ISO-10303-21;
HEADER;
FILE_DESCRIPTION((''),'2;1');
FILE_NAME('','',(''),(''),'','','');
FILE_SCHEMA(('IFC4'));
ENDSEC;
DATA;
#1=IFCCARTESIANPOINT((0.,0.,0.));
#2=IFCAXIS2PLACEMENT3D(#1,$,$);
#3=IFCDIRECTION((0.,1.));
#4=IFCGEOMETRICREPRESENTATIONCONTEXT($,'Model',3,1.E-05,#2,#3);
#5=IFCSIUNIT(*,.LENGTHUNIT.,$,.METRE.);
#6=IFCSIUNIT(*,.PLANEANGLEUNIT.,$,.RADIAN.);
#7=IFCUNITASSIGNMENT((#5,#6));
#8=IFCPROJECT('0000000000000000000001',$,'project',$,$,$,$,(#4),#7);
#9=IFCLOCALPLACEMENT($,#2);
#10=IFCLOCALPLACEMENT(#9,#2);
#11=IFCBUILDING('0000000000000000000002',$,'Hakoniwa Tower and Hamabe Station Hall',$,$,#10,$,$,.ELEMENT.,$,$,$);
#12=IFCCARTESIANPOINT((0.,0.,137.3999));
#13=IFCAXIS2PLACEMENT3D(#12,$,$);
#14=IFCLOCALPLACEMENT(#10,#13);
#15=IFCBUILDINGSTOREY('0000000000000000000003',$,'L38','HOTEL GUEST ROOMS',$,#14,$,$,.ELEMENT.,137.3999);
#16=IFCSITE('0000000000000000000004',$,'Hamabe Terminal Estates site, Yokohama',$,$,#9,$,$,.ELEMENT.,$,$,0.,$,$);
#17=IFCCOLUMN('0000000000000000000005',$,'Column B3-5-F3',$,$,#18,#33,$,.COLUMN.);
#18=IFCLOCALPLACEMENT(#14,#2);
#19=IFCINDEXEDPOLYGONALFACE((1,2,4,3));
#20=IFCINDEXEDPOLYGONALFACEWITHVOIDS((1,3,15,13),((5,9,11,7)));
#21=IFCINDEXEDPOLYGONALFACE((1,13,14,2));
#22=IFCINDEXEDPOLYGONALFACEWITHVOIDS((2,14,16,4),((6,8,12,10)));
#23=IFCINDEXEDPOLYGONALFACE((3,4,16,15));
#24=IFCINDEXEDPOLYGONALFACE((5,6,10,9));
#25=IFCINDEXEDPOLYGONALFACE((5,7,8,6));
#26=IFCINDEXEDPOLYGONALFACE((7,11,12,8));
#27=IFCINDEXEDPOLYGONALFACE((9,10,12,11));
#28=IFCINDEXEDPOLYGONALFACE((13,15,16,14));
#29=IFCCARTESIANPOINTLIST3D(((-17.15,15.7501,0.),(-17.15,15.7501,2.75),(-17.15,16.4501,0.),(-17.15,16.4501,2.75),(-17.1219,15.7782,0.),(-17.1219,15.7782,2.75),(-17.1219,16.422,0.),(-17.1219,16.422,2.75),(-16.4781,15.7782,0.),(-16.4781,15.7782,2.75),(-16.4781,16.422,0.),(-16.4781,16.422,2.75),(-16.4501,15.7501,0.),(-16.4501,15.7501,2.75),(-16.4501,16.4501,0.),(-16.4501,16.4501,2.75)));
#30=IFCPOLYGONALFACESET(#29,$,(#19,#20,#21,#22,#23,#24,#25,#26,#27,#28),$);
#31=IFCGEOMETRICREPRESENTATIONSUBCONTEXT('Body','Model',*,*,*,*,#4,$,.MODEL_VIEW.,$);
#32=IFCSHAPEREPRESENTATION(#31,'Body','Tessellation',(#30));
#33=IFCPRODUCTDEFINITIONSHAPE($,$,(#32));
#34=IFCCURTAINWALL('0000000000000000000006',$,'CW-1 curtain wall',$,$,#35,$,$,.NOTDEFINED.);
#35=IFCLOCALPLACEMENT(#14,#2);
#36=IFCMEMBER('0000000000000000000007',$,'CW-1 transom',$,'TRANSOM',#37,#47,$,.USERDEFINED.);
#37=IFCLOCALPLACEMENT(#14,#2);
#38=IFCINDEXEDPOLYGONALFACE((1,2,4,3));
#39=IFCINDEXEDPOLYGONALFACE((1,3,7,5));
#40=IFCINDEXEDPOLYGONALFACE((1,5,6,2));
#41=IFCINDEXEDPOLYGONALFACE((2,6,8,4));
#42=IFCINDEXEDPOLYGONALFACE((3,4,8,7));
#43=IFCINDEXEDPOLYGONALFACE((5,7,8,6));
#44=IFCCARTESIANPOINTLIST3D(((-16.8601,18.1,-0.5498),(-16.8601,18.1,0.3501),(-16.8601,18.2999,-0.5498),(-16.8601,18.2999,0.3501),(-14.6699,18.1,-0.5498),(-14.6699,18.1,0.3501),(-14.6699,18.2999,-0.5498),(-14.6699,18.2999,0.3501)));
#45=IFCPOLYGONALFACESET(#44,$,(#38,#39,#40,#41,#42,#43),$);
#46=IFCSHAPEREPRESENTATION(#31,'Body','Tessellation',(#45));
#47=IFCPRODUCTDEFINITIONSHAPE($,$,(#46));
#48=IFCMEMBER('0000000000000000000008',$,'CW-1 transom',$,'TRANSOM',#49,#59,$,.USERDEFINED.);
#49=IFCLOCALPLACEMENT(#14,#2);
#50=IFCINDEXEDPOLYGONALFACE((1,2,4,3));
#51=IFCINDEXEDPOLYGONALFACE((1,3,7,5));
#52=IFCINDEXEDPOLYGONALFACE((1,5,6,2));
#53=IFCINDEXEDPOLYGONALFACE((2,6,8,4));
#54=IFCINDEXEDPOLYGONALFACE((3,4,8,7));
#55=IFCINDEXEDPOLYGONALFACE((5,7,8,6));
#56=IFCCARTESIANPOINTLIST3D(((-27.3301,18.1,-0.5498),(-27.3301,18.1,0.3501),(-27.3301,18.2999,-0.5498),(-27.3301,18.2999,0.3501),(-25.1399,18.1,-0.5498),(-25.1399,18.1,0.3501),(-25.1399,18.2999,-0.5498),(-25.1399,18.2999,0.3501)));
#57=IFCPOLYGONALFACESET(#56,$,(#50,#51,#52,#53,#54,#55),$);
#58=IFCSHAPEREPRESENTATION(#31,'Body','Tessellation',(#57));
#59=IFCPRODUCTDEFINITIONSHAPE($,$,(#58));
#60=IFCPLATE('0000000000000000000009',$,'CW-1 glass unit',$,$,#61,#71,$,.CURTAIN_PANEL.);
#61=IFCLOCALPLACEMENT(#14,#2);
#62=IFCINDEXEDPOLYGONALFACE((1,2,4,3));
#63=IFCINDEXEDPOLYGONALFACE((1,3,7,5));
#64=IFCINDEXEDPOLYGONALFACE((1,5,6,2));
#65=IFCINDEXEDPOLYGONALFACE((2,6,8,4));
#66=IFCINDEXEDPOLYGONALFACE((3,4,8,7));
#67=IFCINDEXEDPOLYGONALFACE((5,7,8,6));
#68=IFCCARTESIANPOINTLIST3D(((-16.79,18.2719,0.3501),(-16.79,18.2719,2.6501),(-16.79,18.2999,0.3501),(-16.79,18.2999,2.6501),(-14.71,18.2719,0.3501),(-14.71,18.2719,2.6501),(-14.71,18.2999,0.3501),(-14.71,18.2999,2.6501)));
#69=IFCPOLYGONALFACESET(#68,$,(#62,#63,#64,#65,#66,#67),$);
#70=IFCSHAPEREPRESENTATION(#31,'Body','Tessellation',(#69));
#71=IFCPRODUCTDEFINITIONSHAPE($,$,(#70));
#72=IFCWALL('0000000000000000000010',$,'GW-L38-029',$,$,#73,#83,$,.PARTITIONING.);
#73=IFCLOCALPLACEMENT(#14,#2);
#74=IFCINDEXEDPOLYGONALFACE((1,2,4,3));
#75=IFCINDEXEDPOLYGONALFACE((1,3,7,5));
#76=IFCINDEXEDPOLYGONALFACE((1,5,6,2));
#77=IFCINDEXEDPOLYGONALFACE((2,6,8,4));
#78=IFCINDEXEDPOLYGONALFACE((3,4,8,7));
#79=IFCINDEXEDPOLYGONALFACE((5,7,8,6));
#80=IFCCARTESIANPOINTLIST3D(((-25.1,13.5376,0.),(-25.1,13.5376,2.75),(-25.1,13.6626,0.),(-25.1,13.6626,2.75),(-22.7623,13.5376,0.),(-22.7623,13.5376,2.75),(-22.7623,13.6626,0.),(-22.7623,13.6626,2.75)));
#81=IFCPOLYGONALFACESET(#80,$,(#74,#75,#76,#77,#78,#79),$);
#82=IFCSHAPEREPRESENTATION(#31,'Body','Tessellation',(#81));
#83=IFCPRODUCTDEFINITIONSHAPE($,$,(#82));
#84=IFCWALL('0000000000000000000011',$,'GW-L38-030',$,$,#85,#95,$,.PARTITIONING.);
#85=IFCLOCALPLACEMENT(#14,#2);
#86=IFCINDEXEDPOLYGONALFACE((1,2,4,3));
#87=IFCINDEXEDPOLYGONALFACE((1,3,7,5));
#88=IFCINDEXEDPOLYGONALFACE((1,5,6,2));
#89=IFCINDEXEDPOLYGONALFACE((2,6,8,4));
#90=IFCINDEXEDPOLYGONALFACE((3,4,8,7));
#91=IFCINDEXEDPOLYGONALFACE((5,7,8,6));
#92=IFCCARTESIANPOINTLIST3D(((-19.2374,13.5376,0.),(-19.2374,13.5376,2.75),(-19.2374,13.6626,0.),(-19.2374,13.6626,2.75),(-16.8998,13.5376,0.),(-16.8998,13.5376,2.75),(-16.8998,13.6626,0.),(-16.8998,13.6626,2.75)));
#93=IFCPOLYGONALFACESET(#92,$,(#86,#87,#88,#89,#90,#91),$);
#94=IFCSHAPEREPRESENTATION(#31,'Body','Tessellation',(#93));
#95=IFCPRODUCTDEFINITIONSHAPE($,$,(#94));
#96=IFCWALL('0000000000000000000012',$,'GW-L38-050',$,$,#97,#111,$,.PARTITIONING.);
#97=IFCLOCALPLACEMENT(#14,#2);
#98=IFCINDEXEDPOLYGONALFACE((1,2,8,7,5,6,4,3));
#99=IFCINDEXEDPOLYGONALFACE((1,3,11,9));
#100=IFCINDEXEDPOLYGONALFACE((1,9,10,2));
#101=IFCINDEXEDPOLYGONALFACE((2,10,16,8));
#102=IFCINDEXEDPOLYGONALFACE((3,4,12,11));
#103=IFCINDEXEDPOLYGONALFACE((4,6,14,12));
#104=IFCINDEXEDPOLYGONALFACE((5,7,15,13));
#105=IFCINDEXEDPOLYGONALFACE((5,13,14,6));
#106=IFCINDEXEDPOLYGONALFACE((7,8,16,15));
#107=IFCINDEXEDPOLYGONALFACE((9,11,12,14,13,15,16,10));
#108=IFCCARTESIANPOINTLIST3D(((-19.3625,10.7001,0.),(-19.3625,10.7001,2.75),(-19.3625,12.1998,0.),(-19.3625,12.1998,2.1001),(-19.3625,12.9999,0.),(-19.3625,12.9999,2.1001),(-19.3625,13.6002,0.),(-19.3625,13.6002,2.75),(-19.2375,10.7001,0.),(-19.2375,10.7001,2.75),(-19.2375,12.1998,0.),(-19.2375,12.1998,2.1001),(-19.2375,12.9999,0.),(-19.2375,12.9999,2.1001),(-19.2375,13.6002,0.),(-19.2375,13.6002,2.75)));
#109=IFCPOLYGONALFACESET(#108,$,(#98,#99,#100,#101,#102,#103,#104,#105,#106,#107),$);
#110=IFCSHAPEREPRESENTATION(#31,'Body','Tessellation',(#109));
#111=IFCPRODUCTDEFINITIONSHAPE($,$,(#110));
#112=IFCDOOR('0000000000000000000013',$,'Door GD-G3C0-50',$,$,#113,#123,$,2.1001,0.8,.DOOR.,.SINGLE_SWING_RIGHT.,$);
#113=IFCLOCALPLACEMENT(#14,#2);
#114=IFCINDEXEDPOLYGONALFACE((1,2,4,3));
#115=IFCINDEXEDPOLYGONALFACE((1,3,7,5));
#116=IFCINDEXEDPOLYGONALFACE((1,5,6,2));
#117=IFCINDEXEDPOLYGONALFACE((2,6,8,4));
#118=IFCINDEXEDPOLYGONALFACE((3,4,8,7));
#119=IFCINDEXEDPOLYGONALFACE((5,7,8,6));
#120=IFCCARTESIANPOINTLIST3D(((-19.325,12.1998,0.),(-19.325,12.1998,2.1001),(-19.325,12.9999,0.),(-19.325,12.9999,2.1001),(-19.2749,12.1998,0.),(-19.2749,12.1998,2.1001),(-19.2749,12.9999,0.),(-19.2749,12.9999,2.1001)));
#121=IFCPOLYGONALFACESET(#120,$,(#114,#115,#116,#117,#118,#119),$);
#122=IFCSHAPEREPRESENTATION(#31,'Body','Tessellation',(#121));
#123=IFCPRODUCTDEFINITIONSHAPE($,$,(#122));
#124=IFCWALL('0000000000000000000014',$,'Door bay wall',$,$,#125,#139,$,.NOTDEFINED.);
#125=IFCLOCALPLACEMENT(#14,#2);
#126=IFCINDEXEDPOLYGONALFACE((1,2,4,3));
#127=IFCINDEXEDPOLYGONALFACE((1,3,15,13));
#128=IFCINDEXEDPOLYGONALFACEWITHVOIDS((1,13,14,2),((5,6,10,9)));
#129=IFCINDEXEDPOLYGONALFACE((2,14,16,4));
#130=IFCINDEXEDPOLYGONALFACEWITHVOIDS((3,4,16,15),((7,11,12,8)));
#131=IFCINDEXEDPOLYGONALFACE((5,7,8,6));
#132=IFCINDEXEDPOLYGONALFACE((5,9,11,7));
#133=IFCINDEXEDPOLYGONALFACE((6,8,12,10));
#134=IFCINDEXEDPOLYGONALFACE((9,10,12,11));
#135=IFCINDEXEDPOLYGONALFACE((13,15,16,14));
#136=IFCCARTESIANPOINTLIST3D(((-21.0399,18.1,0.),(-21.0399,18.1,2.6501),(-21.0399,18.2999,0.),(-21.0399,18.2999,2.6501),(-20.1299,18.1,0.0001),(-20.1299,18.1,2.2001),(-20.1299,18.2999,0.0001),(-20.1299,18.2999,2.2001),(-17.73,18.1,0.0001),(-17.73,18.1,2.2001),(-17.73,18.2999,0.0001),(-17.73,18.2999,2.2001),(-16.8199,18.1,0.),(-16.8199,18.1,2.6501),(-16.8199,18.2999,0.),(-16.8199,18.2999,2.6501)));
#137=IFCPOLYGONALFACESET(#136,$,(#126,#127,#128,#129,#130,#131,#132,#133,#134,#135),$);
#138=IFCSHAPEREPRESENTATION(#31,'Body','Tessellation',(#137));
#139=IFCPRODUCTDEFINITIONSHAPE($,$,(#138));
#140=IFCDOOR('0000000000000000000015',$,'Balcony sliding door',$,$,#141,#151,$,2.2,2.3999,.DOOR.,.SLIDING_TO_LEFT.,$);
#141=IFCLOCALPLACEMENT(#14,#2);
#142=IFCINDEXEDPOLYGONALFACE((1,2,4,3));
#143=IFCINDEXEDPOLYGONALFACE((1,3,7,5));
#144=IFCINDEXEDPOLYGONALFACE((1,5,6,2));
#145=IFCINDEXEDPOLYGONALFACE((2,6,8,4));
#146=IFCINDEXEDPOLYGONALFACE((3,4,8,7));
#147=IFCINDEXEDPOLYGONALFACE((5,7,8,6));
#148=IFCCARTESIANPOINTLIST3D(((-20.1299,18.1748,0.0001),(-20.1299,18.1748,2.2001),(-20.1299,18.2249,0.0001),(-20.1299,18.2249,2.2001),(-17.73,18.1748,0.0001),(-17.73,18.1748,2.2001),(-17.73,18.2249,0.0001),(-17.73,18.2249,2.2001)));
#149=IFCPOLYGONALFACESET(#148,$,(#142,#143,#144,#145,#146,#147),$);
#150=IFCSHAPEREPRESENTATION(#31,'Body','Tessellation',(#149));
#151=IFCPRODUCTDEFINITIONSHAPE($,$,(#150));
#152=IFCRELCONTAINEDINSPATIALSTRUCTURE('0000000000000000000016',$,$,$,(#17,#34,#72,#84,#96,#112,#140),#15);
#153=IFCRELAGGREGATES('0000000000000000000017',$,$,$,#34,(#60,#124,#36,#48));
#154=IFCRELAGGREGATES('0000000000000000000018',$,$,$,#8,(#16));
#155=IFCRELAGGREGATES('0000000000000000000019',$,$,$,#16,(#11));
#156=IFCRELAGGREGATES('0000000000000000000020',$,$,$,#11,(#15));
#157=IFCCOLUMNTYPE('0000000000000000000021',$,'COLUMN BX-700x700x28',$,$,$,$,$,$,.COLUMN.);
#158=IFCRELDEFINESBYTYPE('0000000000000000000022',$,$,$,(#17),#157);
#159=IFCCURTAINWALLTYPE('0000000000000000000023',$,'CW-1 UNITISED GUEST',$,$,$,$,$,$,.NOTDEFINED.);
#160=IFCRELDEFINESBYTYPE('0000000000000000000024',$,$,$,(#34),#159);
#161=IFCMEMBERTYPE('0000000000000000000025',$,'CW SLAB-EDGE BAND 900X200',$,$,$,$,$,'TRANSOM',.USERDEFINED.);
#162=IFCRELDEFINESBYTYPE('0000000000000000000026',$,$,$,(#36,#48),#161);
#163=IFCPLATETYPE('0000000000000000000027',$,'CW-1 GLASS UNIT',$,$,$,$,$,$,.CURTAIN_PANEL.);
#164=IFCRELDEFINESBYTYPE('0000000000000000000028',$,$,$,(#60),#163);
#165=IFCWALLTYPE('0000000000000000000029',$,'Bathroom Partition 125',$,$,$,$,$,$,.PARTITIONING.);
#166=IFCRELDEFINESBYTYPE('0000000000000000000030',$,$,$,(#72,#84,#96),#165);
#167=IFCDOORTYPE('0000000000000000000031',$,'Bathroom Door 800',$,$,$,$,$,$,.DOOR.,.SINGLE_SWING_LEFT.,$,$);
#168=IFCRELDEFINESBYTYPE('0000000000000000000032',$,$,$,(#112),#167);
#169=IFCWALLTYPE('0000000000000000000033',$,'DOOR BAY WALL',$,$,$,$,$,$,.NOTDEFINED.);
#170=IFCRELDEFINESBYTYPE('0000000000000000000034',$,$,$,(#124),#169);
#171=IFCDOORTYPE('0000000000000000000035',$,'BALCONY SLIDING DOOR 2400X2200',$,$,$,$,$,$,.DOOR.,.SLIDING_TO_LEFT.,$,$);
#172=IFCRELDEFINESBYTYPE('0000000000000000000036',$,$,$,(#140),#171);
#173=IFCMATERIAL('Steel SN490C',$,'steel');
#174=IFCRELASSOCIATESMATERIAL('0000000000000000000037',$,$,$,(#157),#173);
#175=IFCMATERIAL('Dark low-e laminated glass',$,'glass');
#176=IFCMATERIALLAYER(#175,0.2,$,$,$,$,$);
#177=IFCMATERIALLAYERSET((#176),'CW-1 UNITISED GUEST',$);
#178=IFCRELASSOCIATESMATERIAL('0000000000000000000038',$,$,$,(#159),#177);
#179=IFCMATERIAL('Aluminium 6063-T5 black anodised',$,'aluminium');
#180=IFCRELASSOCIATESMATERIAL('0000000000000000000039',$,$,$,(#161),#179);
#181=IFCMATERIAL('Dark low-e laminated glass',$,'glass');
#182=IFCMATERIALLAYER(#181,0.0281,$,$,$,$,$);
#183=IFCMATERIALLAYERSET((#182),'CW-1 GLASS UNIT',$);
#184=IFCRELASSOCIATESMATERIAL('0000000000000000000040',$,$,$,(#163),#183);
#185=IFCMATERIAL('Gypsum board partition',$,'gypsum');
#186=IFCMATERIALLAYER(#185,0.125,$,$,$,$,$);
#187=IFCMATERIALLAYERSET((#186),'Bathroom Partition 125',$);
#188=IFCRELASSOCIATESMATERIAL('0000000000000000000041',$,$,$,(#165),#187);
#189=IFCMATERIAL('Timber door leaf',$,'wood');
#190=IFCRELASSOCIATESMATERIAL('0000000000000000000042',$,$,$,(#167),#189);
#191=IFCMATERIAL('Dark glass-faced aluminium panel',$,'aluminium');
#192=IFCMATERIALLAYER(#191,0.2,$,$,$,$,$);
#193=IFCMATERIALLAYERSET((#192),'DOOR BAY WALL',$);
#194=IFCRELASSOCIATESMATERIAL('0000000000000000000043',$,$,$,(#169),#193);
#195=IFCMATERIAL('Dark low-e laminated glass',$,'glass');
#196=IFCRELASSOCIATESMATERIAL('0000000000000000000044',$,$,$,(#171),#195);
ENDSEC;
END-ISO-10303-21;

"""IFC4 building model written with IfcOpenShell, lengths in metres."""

from ifc_helpers import new_model, si_unit, direction, frame, frame_2d, origin, origin_2d, place, context, subcontext, project, spatial, rectangle, hollow_rectangle, extrude, material, layer, layer_set, material_profile, profile_set, type_object, element, fill, aggregate, save


model = new_model("IFC4")

# Units and contexts
model_context = context("Model", 3, precision=1e-05, world=origin(), true_north=direction((0.0, 1.0)))
body_context = subcontext(model_context, "Body", "Model", "MODEL_VIEW")
ifc_project = project(units=[si_unit("LENGTHUNIT", "METRE"), si_unit("PLANEANGLEUNIT", "RADIAN")], contexts=[model_context])

# Site, building, storey
site_placement = place(None, origin())
site = spatial("IfcSite", under=ifc_project, at=site_placement, Name="Hamabe Terminal Estates site, Yokohama", CompositionType="ELEMENT", RefElevation=0.0)
building_placement = place(site_placement, origin())
building = spatial("IfcBuilding", under=site, at=building_placement, Name="Hakoniwa Tower and Hamabe Station Hall", CompositionType="ELEMENT")
storey_placement = place(building_placement, frame((0.0, 0.0, 137.3999)))
storey = spatial("IfcBuildingStorey", under=building, at=storey_placement, Name="L38", Description="HOTEL GUEST ROOMS", CompositionType="ELEMENT", Elevation=137.3999)

# Column
ifc_material_1 = material(Name="Steel SN490C", Category="steel")
ifc_material_profile_1 = material_profile(ifc_material_1, hollow_rectangle(XDim=0.7, YDim=0.7, WallThickness=0.0281, at=origin_2d()), Name="BX-700x700x28")
ifc_profile_set_1 = profile_set([ifc_material_profile_1], Name="Steel SN490C")
column_type = type_object("IfcColumnType", Name="COLUMN BX-700x700x28", PredefinedType="COLUMN", material=ifc_profile_set_1)
column_placement = place(storey_placement, frame((-16.8, 16.1001, 0.0), z_axis=(0.0, 0.0, 1.0), x_axis=(1.0, 0.0, 0.0)))
element("IfcColumn", 1, at=column_placement, inside=storey, type_object=column_type, Name="Column B3-5-F3", PredefinedType="COLUMN", context=body_context, shape_type="SweptSolid", body=[
    extrude(hollow_rectangle(XDim=0.7, YDim=0.7, WallThickness=0.0281, at=origin_2d()), origin(), (0.0, 0.0, 1.0), 2.75),
])

# Curtain wall, members, plate
ifc_material_2 = material(Name="Dark low-e laminated glass", Category="glass")
ifc_layer_1 = layer(ifc_material_2, 0.2)
ifc_layer_set_1 = layer_set([ifc_layer_1], Name="CW-1 UNITISED GUEST")
curtain_wall_type = type_object("IfcCurtainWallType", Name="CW-1 UNITISED GUEST", PredefinedType="NOTDEFINED", material=ifc_layer_set_1)
curtain_wall_placement = place(storey_placement, origin())
curtain_wall = element("IfcCurtainWall", 2, at=curtain_wall_placement, inside=storey, type_object=curtain_wall_type, Name="CW-1 curtain wall", PredefinedType="NOTDEFINED")
ifc_material_3 = material(Name="Aluminium 6063-T5 black anodised", Category="aluminium")
ifc_material_profile_2 = material_profile(ifc_material_3, rectangle(XDim=0.2, YDim=0.8999, at=origin_2d()), Name="CW SLAB-EDGE BAND 900X200")
ifc_profile_set_2 = profile_set([ifc_material_profile_2], Name="Aluminium 6063-T5 black anodised")
member_type = type_object("IfcMemberType", Name="CW SLAB-EDGE BAND 900X200", ElementType="TRANSOM", PredefinedType="USERDEFINED", material=ifc_profile_set_2)
member_1_placement = place(storey_placement, frame((-14.6699, 18.2, -0.0999), z_axis=(-1.0, 0.0, 0.0), x_axis=(0.0, -1.0, 0.0)))
member_1 = element("IfcMember", 3, at=member_1_placement, type_object=member_type, Name="CW-1 transom", ObjectType="TRANSOM", PredefinedType="USERDEFINED", context=body_context, shape_type="SweptSolid", body=[
    extrude(rectangle(XDim=0.2, YDim=0.8999, at=origin_2d()), origin(), (0.0, 0.0, 1.0), 2.1902),
])
member_2_placement = place(storey_placement, frame((-25.1399, 18.2, -0.0999), z_axis=(-1.0, 0.0, 0.0), x_axis=(0.0, -1.0, 0.0)))
member_2 = element("IfcMember", 4, at=member_2_placement, type_object=member_type, Name="CW-1 transom", ObjectType="TRANSOM", PredefinedType="USERDEFINED", context=body_context, shape_type="SweptSolid", body=[
    extrude(rectangle(XDim=0.2, YDim=0.8999, at=origin_2d()), origin(), (0.0, 0.0, 1.0), 2.1902),
])
ifc_material_4 = material(Name="Dark low-e laminated glass", Category="glass")
ifc_layer_2 = layer(ifc_material_4, 0.0281)
ifc_layer_set_2 = layer_set([ifc_layer_2], Name="CW-1 GLASS UNIT")
plate_type = type_object("IfcPlateType", Name="CW-1 GLASS UNIT", PredefinedType="CURTAIN_PANEL", material=ifc_layer_set_2)
plate_placement = place(storey_placement, frame((-15.75, 18.2859, 0.3501), z_axis=(0.0, 0.0, 1.0), x_axis=(-1.0, 0.0, 0.0)))
plate = element("IfcPlate", 5, at=plate_placement, type_object=plate_type, Name="CW-1 glass unit", PredefinedType="CURTAIN_PANEL", context=body_context, shape_type="SweptSolid", body=[
    extrude(rectangle(XDim=2.0801, YDim=0.0281, at=origin_2d()), origin(), (0.0, 0.0, 1.0), 2.3),
])

# Walls
ifc_material_5 = material(Name="Gypsum board partition", Category="gypsum")
ifc_layer_3 = layer(ifc_material_5, 0.125)
ifc_layer_set_3 = layer_set([ifc_layer_3], Name="Bathroom Partition 125")
wall_type_1 = type_object("IfcWallType", Name="Bathroom Partition 125", PredefinedType="PARTITIONING", material=ifc_layer_set_3)
for number, where, z_axis, x_axis, name in (
    (6, (-25.1001, 13.6001, 0.0), (0.0, 0.0, 1.0), (1.0, 0.0, 0.0), "GW-L38-029"),
    (7, (-19.2375, 13.6001, 0.0), (0.0, 0.0, 1.0), (1.0, 0.0, 0.0), "GW-L38-030"),
):
    element("IfcWall", number, at=place(storey_placement, frame(where, z_axis=z_axis, x_axis=x_axis)), inside=storey, type_object=wall_type_1, Name=name, PredefinedType="PARTITIONING", context=body_context, shape_type="SweptSolid", body=[
        extrude(rectangle(XDim=2.3376, YDim=0.125, at=frame_2d((1.1689, 0.0))), origin(), (0.0, 0.0, 1.0), 2.75),
    ])

# Walls, openings, doors
wall_1_placement = place(storey_placement, frame((-19.3, 10.7, 0.0), z_axis=(0.0, 0.0, 1.0), x_axis=(0.0, 1.0, 0.0)))
wall_1 = element("IfcWall", 8, at=wall_1_placement, inside=storey, type_object=wall_type_1, Name="GW-L38-050", PredefinedType="PARTITIONING", context=body_context, shape_type="SweptSolid", body=[
    extrude(rectangle(XDim=2.9001, YDim=0.125, at=frame_2d((1.4502, 0.0))), origin(), (0.0, 0.0, 1.0), 2.75),
])
opening_1_placement = place(wall_1_placement, frame((1.5, 0.0, 0.0)))
opening_1 = element("IfcOpeningElement", 9, at=opening_1_placement, cuts=wall_1, PredefinedType="OPENING", context=body_context, shape_type="SweptSolid", body=[
    extrude(rectangle(XDim=0.8, YDim=2.1001, at=frame_2d((0.3999, 1.05))), frame((0.0, 0.0725, 0.0), z_axis=(0.0, -1.0, 0.0), x_axis=(1.0, 0.0, 0.0)), (0.0, 0.0, 1.0), 0.145),
])
ifc_material_6 = material(Name="Timber door leaf", Category="wood")
door_type_1 = type_object("IfcDoorType", Name="Bathroom Door 800", OperationType="SINGLE_SWING_LEFT", PredefinedType="DOOR", material=ifc_material_6)
door_1_placement = place(opening_1_placement, origin())
door_1 = element("IfcDoor", 10, at=door_1_placement, inside=storey, type_object=door_type_1, Name="Door GD-G3C0-50", OperationType="SINGLE_SWING_RIGHT", OverallHeight=2.1001, OverallWidth=0.8, PredefinedType="DOOR", context=body_context, shape_type="SweptSolid", body=[
    extrude(rectangle(XDim=0.8, YDim=2.1001, at=frame_2d((0.3999, 1.05))), frame((0.0, 0.0249, 0.0), z_axis=(0.0, -1.0, 0.0), x_axis=(1.0, 0.0, 0.0)), (0.0, 0.0, 1.0), 0.05),
])
fill(opening_1, door_1)
ifc_material_7 = material(Name="Dark glass-faced aluminium panel", Category="aluminium")
ifc_layer_4 = layer(ifc_material_7, 0.2)
ifc_layer_set_4 = layer_set([ifc_layer_4], Name="DOOR BAY WALL")
wall_type_2 = type_object("IfcWallType", Name="DOOR BAY WALL", PredefinedType="NOTDEFINED", material=ifc_layer_set_4)
wall_2_placement = place(storey_placement, frame((-16.8201, 18.2, 0.0), z_axis=(0.0, 0.0, 1.0), x_axis=(-1.0, 0.0, 0.0)))
wall_2 = element("IfcWall", 11, at=wall_2_placement, type_object=wall_type_2, Name="Door bay wall", PredefinedType="NOTDEFINED", context=body_context, shape_type="SweptSolid", body=[
    extrude(rectangle(XDim=4.22, YDim=0.2, at=frame_2d((2.1099, 0.0))), origin(), (0.0, 0.0, 1.0), 2.6501),
])
opening_2_placement = place(wall_2_placement, frame((0.9099, 0.0, 0.0)))
opening_2 = element("IfcOpeningElement", 12, at=opening_2_placement, cuts=wall_2, PredefinedType="OPENING", context=body_context, shape_type="SweptSolid", body=[
    extrude(rectangle(XDim=2.3999, YDim=2.2, at=frame_2d((1.2, 1.1001))), frame((0.0, 0.1099, 0.0), z_axis=(0.0, -1.0, 0.0), x_axis=(1.0, 0.0, 0.0)), (0.0, 0.0, 1.0), 0.22),
])
ifc_material_8 = material(Name="Dark low-e laminated glass", Category="glass")
door_type_2 = type_object("IfcDoorType", Name="BALCONY SLIDING DOOR 2400X2200", OperationType="SLIDING_TO_LEFT", PredefinedType="DOOR", material=ifc_material_8)
door_2_placement = place(opening_2_placement, frame((2.3999, 0.0, 0.0), z_axis=(0.0, 0.0, 1.0), x_axis=(-1.0, 0.0, 0.0)))
door_2 = element("IfcDoor", 13, at=door_2_placement, inside=storey, type_object=door_type_2, Name="Balcony sliding door", OperationType="SLIDING_TO_LEFT", OverallHeight=2.2, OverallWidth=2.3999, PredefinedType="DOOR", context=body_context, shape_type="SweptSolid", body=[
    extrude(rectangle(XDim=2.3999, YDim=2.2, at=frame_2d((1.2, 1.1001))), frame((0.0, 0.0249, 0.0), z_axis=(0.0, -1.0, 0.0), x_axis=(1.0, 0.0, 0.0)), (0.0, 0.0, 1.0), 0.05),
])
fill(opening_2, door_2)
aggregate(curtain_wall, [plate, wall_2, member_1, member_2])

save(model, "model.ifc")
